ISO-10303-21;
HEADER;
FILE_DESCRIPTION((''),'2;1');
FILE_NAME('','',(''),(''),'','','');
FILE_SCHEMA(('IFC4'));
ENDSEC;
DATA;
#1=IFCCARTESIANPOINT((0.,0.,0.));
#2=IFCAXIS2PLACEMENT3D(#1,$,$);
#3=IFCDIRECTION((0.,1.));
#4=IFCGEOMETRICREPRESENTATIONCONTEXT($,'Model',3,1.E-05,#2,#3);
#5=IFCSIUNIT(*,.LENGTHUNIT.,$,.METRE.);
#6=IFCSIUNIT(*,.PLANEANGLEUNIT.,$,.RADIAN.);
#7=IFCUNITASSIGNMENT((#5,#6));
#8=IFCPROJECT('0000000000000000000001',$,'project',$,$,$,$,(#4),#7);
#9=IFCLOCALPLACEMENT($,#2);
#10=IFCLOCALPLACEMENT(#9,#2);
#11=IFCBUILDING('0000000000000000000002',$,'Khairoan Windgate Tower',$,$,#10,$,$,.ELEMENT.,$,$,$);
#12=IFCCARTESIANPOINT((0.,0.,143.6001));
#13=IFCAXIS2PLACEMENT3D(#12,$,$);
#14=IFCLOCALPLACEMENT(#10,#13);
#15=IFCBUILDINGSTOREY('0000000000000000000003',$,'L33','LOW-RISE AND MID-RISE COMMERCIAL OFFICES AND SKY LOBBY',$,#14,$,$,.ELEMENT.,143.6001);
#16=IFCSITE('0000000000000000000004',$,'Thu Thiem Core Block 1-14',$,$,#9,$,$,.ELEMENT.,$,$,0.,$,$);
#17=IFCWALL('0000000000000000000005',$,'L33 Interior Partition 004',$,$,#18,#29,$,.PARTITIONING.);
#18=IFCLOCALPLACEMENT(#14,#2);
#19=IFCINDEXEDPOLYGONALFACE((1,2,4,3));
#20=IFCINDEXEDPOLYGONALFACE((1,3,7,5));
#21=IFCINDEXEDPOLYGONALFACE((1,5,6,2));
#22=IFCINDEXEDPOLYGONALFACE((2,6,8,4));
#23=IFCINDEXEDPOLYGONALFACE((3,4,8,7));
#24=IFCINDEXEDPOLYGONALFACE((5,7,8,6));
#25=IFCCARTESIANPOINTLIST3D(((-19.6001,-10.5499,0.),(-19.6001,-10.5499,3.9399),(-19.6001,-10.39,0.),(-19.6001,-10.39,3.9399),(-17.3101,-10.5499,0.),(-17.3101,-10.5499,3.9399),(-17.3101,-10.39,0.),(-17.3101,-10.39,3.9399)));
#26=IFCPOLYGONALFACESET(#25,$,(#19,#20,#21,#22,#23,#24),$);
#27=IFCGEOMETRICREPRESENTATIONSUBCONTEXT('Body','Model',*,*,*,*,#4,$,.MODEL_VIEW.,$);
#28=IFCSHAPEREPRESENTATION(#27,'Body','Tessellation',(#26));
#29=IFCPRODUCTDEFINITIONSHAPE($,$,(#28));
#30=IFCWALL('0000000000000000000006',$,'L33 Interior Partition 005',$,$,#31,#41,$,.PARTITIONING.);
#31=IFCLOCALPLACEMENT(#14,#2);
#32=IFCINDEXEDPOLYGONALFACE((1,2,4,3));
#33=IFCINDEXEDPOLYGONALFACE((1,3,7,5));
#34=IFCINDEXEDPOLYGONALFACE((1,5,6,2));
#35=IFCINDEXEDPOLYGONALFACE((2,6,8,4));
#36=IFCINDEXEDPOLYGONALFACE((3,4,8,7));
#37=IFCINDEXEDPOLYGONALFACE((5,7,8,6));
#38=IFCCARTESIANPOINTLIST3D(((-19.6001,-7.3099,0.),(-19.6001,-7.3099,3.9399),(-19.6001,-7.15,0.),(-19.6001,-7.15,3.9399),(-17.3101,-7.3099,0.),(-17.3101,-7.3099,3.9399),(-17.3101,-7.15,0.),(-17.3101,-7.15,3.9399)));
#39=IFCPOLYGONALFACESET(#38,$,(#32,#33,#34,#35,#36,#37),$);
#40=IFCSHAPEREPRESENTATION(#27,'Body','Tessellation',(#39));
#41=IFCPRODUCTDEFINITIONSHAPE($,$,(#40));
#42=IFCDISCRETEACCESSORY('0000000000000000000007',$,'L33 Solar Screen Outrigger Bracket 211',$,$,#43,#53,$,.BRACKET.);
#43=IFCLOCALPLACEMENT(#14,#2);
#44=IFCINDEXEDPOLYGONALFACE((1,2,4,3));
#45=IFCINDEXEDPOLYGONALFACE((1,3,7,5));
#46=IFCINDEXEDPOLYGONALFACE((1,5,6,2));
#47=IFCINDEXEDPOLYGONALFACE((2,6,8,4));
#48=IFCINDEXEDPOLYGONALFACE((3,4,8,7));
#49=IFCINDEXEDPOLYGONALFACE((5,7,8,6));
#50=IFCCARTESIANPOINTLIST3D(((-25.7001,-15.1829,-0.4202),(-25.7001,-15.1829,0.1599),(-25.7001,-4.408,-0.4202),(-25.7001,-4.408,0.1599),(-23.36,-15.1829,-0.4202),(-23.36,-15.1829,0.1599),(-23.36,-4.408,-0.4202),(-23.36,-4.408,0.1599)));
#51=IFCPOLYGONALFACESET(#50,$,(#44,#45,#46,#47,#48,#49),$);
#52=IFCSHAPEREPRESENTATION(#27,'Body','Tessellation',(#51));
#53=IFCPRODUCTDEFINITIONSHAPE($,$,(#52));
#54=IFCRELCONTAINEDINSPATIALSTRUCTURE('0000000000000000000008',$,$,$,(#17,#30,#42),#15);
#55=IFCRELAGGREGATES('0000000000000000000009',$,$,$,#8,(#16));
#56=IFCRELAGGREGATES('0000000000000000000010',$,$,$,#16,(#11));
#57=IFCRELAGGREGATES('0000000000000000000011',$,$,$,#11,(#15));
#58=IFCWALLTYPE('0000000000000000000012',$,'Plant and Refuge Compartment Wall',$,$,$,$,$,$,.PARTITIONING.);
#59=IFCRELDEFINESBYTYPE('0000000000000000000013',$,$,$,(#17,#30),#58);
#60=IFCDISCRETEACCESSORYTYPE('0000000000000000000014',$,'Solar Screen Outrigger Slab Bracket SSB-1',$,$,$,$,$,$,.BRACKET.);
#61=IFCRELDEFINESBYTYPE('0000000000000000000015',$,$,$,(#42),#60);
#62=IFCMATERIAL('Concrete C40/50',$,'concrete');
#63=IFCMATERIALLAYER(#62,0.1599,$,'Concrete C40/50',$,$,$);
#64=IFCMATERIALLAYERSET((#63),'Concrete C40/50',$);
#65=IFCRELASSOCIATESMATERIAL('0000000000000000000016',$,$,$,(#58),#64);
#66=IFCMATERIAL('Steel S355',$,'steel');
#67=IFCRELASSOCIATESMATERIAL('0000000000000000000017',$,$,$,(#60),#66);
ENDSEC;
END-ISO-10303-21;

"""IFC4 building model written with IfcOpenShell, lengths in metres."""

from ifc_helpers import new_model, si_unit, direction, frame, frame_2d, origin, origin_2d, place, context, subcontext, project, spatial, rectangle, extrude, material, layer, layer_set, type_object, element, save


model = new_model("IFC4")

# Units and contexts
model_context = context("Model", 3, precision=1e-05, world=origin(), true_north=direction((0.0, 1.0)))
body_context = subcontext(model_context, "Body", "Model", "MODEL_VIEW")
ifc_project = project(units=[si_unit("LENGTHUNIT", "METRE"), si_unit("PLANEANGLEUNIT", "RADIAN")], contexts=[model_context])

# Site, building, storey
site_placement = place(None, origin())
site = spatial("IfcSite", under=ifc_project, at=site_placement, Name="Thu Thiem Core Block 1-14", CompositionType="ELEMENT", RefElevation=0.0)
building_placement = place(site_placement, origin())
building = spatial("IfcBuilding", under=site, at=building_placement, Name="Khairoan Windgate Tower", CompositionType="ELEMENT")
storey_placement = place(building_placement, frame((0.0, 0.0, 143.6001)))
storey = spatial("IfcBuildingStorey", under=building, at=storey_placement, Name="L33", Description="LOW-RISE AND MID-RISE COMMERCIAL OFFICES AND SKY LOBBY", CompositionType="ELEMENT", Elevation=143.6001)

# Shared definitions
ifc_material_1 = material(Name="Concrete C40/50", Category="concrete")
ifc_layer_1 = layer(ifc_material_1, 0.1599, Name="Concrete C40/50")
ifc_layer_set_1 = layer_set([ifc_layer_1], Name="Concrete C40/50")
wall_type_1 = type_object("IfcWallType", Name="Plant and Refuge Compartment Wall", PredefinedType="PARTITIONING", material=ifc_layer_set_1)

# Walls
for number, where, z_axis, x_axis, name in (
    (1, (-19.6001, -10.47, 0.0), (0.0, 0.0, 1.0), (1.0, 0.0, 0.0), "L33 Interior Partition 004"),
    (2, (-19.6001, -7.23, 0.0), (0.0, 0.0, 1.0), (1.0, 0.0, 0.0), "L33 Interior Partition 005"),
):
    element("IfcWall", number, at=place(storey_placement, frame(where, z_axis=z_axis, x_axis=x_axis)), inside=storey, type_object=wall_type_1, Name=name, PredefinedType="PARTITIONING", context=body_context, shape_type="SweptSolid", body=[
        extrude(rectangle(XDim=2.29, YDim=0.1599, at=frame_2d((1.145, 0.0))), origin(), (0.0, 0.0, 1.0), 3.9399),
    ])

# Discrete accessory
ifc_material_2 = material(Name="Steel S355", Category="steel")
discrete_accessory_type = type_object("IfcDiscreteAccessoryType", Name="Solar Screen Outrigger Slab Bracket SSB-1", PredefinedType="BRACKET", material=ifc_material_2)
discrete_accessory_placement = place(storey_placement, frame((-24.53, -9.7954, -0.4202), z_axis=(0.0, 0.0, 1.0), x_axis=(0.0, 1.0, 0.0)))
element("IfcDiscreteAccessory", 3, at=discrete_accessory_placement, inside=storey, type_object=discrete_accessory_type, Name="L33 Solar Screen Outrigger Bracket 211", PredefinedType="BRACKET", context=body_context, shape_type="SweptSolid", body=[
    extrude(rectangle(XDim=10.7749, YDim=2.3401, at=origin_2d()), origin(), (0.0, 0.0, 1.0), 0.5801),
])

save(model, "model.ifc")
